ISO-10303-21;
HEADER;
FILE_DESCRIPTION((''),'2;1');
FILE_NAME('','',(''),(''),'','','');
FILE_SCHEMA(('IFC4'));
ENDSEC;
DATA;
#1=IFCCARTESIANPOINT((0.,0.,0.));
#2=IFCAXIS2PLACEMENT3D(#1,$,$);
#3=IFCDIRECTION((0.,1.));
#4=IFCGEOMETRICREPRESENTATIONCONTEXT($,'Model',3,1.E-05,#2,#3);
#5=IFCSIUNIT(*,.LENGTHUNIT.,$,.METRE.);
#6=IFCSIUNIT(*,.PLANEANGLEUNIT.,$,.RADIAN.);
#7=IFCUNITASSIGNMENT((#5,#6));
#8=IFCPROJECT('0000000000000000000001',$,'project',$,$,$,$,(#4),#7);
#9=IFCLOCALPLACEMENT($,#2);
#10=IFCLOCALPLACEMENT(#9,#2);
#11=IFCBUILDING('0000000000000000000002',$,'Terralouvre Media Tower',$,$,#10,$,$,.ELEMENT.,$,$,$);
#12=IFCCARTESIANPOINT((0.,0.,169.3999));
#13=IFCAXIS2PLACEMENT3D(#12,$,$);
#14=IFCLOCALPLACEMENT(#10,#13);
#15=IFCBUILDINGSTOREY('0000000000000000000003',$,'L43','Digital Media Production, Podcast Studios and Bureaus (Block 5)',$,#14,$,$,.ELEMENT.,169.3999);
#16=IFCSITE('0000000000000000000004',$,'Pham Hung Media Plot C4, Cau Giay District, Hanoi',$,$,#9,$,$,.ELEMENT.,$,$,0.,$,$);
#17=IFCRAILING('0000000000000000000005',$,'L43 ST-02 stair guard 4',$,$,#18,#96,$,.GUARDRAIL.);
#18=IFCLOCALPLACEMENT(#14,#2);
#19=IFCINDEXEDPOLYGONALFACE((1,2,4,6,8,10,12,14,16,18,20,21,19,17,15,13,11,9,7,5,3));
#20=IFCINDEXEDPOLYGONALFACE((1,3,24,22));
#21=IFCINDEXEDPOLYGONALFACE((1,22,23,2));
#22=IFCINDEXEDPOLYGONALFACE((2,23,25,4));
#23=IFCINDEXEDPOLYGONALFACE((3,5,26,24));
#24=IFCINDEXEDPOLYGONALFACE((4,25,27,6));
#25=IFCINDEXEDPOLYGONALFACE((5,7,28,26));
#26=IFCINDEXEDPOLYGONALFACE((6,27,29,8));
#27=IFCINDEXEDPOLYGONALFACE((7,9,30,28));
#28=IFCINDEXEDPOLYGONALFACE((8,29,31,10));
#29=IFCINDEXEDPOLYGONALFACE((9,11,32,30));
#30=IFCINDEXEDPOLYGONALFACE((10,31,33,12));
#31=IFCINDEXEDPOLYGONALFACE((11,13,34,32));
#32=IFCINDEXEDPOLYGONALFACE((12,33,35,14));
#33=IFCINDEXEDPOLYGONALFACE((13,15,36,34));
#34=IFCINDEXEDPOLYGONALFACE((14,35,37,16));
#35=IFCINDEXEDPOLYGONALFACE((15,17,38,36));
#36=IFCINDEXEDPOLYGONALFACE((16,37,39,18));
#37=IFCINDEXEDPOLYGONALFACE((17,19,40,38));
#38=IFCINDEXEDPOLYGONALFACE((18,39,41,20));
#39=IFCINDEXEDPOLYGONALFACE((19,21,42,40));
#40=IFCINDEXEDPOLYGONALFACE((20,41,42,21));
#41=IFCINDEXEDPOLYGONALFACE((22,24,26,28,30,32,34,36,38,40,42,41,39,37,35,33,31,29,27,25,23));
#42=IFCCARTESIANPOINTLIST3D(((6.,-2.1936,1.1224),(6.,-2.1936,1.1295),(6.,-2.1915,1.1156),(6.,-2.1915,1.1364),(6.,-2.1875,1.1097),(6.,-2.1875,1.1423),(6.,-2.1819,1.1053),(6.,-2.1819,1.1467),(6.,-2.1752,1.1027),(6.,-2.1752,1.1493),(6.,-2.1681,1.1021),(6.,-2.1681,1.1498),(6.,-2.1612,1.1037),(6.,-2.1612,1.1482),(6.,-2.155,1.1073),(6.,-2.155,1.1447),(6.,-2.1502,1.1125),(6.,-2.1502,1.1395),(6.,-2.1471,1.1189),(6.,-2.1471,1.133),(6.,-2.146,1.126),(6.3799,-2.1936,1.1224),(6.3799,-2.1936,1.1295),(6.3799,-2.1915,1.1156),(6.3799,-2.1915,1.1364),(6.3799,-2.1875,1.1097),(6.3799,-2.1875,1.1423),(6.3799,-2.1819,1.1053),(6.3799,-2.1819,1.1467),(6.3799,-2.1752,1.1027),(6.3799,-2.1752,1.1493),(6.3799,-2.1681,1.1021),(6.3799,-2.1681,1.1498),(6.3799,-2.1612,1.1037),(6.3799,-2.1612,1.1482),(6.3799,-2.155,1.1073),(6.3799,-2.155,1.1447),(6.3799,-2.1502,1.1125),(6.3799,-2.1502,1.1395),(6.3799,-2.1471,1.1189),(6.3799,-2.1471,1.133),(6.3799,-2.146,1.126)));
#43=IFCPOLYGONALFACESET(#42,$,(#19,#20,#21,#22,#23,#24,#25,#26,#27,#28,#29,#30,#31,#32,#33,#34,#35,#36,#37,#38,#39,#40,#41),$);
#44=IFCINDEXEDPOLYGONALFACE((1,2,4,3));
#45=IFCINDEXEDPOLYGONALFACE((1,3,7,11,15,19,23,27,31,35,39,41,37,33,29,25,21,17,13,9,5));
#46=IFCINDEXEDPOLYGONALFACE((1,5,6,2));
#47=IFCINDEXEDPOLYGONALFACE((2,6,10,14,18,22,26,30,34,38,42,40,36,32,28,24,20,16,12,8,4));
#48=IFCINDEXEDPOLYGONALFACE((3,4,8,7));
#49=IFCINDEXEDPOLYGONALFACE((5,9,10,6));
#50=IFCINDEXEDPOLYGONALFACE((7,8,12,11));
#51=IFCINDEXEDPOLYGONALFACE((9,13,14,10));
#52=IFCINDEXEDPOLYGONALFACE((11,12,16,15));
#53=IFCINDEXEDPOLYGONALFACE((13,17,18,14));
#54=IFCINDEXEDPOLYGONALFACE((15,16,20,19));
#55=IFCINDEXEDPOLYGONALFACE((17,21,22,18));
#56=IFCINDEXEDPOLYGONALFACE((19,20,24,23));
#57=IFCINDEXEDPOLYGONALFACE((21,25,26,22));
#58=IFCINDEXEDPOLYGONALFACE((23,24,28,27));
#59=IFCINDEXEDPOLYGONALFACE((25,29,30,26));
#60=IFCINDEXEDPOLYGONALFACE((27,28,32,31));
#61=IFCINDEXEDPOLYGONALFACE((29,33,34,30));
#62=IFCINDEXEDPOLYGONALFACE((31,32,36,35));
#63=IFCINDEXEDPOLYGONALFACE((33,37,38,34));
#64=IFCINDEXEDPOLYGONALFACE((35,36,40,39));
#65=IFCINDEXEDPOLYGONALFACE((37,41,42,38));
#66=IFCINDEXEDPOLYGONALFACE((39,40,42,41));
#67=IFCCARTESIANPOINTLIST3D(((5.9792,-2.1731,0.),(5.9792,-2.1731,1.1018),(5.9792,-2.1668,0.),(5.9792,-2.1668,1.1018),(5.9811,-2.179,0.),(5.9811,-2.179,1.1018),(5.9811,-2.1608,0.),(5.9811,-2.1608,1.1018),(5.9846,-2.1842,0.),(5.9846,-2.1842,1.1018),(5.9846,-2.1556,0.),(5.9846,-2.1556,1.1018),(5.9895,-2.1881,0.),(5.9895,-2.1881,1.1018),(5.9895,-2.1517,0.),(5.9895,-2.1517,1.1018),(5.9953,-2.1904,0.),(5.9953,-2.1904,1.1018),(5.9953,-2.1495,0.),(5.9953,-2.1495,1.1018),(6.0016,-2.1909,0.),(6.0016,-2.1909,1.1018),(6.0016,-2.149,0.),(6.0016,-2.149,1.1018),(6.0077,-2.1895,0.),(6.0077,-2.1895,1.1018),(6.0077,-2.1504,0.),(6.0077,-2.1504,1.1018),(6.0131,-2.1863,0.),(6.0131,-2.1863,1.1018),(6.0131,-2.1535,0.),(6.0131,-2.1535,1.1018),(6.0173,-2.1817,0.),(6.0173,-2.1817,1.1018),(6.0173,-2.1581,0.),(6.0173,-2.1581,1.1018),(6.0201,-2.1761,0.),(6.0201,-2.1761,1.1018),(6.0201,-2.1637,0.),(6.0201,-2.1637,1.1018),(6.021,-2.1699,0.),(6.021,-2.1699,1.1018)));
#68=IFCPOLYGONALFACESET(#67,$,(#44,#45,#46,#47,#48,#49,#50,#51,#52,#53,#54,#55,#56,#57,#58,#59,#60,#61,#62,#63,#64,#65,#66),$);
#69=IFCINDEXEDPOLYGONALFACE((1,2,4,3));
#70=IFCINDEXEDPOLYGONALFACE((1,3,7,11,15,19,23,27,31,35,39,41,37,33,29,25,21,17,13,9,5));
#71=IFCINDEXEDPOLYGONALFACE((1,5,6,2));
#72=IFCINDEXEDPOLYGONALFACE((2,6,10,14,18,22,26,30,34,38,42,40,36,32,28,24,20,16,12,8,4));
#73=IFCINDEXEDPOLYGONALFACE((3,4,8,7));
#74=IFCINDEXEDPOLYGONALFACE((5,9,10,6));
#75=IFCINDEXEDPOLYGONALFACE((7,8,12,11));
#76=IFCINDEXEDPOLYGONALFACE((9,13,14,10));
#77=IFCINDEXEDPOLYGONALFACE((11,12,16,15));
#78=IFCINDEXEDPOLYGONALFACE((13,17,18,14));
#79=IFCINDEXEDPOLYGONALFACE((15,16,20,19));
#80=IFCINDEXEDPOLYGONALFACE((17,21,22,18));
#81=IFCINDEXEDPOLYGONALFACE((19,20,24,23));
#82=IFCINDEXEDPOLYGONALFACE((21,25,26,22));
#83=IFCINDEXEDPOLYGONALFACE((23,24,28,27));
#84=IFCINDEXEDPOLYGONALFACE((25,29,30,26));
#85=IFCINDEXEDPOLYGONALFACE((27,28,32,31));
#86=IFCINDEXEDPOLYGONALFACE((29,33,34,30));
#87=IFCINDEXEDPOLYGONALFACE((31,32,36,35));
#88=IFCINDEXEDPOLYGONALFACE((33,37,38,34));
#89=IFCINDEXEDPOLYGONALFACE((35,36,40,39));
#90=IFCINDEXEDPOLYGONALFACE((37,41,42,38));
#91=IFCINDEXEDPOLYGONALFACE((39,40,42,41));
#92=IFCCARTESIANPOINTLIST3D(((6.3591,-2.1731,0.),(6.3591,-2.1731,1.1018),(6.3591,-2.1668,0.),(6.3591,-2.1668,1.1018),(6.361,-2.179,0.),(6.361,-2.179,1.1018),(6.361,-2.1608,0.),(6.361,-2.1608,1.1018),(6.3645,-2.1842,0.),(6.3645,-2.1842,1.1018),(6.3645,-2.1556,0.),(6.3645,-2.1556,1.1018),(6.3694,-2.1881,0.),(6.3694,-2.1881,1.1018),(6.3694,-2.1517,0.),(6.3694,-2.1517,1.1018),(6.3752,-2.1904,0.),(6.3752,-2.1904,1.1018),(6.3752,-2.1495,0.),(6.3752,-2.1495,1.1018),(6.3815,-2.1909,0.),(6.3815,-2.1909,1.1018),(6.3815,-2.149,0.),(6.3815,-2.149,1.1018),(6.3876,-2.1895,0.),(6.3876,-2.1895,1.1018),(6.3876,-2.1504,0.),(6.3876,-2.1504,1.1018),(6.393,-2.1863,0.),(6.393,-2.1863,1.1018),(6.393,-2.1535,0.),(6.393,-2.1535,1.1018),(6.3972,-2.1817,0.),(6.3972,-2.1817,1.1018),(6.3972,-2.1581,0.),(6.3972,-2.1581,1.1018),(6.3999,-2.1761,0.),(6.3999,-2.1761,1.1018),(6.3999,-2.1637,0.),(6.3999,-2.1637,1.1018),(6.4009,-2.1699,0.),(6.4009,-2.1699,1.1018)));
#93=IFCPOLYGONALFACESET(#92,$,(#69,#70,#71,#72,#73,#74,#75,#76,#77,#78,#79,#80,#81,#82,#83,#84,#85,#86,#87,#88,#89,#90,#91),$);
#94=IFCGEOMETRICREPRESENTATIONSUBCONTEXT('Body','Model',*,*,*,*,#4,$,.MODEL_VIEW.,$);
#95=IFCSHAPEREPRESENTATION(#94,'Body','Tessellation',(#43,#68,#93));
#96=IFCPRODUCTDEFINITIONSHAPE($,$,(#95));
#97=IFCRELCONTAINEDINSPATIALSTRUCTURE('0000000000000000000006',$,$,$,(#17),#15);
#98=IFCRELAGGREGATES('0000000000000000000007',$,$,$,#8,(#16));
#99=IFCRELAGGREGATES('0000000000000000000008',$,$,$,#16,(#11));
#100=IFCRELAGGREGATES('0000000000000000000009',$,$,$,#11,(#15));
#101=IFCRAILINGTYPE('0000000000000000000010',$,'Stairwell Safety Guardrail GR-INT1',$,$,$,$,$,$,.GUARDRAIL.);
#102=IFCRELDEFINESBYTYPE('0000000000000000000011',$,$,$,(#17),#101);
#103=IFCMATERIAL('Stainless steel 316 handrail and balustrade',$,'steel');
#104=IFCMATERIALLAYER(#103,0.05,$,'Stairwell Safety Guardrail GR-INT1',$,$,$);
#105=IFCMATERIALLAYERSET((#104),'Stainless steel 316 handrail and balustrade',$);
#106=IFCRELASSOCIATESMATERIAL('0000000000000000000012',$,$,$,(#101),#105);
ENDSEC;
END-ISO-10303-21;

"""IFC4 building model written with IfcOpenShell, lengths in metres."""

from ifc_helpers import new_model, si_unit, direction, frame, origin, origin_2d, place, context, subcontext, project, spatial, circle, extrude, material, layer, layer_set, type_object, element, save


model = new_model("IFC4")

# Units and contexts
model_context = context("Model", 3, precision=1e-05, world=origin(), true_north=direction((0.0, 1.0)))
body_context = subcontext(model_context, "Body", "Model", "MODEL_VIEW")
ifc_project = project(units=[si_unit("LENGTHUNIT", "METRE"), si_unit("PLANEANGLEUNIT", "RADIAN")], contexts=[model_context])

# Site, building, storey
site_placement = place(None, origin())
site = spatial("IfcSite", under=ifc_project, at=site_placement, Name="Pham Hung Media Plot C4, Cau Giay District, Hanoi", CompositionType="ELEMENT", RefElevation=0.0)
building_placement = place(site_placement, origin())
building = spatial("IfcBuilding", under=site, at=building_placement, Name="Terralouvre Media Tower", CompositionType="ELEMENT")
storey_placement = place(building_placement, frame((0.0, 0.0, 169.3999)))
storey = spatial("IfcBuildingStorey", under=building, at=storey_placement, Name="L43", Description="Digital Media Production, Podcast Studios and Bureaus (Block 5)", CompositionType="ELEMENT", Elevation=169.3999)

# Railing
ifc_material_1 = material(Name="Stainless steel 316 handrail and balustrade", Category="steel")
ifc_layer_1 = layer(ifc_material_1, 0.05, Name="Stairwell Safety Guardrail GR-INT1")
ifc_layer_set_1 = layer_set([ifc_layer_1], Name="Stainless steel 316 handrail and balustrade")
railing_type_1 = type_object("IfcRailingType", Name="Stairwell Safety Guardrail GR-INT1", PredefinedType="GUARDRAIL", material=ifc_layer_set_1)
railing_1_placement = place(storey_placement, frame((6.0, -2.1699, 0.0)))
element("IfcRailing", 1, at=railing_1_placement, inside=storey, type_object=railing_type_1, Name="L43 ST-02 stair guard 4", PredefinedType="GUARDRAIL", context=body_context, shape_type="SweptSolid", body=[
    extrude(circle(Radius=0.0239, at=origin_2d()), frame((0.0, 0.0, 1.126), z_axis=(1.0, 0.0, 0.0), x_axis=(0.0, 1.0, 0.0)), (0.0, 0.0, 1.0), 0.3799),
    extrude(circle(Radius=0.021, at=origin_2d()), origin(), (0.0, 0.0, 1.0), 1.1018),
    extrude(circle(Radius=0.021, at=origin_2d()), frame((0.3799, 0.0, 0.0)), (0.0, 0.0, 1.0), 1.1018),
])

save(model, "model.ifc")
